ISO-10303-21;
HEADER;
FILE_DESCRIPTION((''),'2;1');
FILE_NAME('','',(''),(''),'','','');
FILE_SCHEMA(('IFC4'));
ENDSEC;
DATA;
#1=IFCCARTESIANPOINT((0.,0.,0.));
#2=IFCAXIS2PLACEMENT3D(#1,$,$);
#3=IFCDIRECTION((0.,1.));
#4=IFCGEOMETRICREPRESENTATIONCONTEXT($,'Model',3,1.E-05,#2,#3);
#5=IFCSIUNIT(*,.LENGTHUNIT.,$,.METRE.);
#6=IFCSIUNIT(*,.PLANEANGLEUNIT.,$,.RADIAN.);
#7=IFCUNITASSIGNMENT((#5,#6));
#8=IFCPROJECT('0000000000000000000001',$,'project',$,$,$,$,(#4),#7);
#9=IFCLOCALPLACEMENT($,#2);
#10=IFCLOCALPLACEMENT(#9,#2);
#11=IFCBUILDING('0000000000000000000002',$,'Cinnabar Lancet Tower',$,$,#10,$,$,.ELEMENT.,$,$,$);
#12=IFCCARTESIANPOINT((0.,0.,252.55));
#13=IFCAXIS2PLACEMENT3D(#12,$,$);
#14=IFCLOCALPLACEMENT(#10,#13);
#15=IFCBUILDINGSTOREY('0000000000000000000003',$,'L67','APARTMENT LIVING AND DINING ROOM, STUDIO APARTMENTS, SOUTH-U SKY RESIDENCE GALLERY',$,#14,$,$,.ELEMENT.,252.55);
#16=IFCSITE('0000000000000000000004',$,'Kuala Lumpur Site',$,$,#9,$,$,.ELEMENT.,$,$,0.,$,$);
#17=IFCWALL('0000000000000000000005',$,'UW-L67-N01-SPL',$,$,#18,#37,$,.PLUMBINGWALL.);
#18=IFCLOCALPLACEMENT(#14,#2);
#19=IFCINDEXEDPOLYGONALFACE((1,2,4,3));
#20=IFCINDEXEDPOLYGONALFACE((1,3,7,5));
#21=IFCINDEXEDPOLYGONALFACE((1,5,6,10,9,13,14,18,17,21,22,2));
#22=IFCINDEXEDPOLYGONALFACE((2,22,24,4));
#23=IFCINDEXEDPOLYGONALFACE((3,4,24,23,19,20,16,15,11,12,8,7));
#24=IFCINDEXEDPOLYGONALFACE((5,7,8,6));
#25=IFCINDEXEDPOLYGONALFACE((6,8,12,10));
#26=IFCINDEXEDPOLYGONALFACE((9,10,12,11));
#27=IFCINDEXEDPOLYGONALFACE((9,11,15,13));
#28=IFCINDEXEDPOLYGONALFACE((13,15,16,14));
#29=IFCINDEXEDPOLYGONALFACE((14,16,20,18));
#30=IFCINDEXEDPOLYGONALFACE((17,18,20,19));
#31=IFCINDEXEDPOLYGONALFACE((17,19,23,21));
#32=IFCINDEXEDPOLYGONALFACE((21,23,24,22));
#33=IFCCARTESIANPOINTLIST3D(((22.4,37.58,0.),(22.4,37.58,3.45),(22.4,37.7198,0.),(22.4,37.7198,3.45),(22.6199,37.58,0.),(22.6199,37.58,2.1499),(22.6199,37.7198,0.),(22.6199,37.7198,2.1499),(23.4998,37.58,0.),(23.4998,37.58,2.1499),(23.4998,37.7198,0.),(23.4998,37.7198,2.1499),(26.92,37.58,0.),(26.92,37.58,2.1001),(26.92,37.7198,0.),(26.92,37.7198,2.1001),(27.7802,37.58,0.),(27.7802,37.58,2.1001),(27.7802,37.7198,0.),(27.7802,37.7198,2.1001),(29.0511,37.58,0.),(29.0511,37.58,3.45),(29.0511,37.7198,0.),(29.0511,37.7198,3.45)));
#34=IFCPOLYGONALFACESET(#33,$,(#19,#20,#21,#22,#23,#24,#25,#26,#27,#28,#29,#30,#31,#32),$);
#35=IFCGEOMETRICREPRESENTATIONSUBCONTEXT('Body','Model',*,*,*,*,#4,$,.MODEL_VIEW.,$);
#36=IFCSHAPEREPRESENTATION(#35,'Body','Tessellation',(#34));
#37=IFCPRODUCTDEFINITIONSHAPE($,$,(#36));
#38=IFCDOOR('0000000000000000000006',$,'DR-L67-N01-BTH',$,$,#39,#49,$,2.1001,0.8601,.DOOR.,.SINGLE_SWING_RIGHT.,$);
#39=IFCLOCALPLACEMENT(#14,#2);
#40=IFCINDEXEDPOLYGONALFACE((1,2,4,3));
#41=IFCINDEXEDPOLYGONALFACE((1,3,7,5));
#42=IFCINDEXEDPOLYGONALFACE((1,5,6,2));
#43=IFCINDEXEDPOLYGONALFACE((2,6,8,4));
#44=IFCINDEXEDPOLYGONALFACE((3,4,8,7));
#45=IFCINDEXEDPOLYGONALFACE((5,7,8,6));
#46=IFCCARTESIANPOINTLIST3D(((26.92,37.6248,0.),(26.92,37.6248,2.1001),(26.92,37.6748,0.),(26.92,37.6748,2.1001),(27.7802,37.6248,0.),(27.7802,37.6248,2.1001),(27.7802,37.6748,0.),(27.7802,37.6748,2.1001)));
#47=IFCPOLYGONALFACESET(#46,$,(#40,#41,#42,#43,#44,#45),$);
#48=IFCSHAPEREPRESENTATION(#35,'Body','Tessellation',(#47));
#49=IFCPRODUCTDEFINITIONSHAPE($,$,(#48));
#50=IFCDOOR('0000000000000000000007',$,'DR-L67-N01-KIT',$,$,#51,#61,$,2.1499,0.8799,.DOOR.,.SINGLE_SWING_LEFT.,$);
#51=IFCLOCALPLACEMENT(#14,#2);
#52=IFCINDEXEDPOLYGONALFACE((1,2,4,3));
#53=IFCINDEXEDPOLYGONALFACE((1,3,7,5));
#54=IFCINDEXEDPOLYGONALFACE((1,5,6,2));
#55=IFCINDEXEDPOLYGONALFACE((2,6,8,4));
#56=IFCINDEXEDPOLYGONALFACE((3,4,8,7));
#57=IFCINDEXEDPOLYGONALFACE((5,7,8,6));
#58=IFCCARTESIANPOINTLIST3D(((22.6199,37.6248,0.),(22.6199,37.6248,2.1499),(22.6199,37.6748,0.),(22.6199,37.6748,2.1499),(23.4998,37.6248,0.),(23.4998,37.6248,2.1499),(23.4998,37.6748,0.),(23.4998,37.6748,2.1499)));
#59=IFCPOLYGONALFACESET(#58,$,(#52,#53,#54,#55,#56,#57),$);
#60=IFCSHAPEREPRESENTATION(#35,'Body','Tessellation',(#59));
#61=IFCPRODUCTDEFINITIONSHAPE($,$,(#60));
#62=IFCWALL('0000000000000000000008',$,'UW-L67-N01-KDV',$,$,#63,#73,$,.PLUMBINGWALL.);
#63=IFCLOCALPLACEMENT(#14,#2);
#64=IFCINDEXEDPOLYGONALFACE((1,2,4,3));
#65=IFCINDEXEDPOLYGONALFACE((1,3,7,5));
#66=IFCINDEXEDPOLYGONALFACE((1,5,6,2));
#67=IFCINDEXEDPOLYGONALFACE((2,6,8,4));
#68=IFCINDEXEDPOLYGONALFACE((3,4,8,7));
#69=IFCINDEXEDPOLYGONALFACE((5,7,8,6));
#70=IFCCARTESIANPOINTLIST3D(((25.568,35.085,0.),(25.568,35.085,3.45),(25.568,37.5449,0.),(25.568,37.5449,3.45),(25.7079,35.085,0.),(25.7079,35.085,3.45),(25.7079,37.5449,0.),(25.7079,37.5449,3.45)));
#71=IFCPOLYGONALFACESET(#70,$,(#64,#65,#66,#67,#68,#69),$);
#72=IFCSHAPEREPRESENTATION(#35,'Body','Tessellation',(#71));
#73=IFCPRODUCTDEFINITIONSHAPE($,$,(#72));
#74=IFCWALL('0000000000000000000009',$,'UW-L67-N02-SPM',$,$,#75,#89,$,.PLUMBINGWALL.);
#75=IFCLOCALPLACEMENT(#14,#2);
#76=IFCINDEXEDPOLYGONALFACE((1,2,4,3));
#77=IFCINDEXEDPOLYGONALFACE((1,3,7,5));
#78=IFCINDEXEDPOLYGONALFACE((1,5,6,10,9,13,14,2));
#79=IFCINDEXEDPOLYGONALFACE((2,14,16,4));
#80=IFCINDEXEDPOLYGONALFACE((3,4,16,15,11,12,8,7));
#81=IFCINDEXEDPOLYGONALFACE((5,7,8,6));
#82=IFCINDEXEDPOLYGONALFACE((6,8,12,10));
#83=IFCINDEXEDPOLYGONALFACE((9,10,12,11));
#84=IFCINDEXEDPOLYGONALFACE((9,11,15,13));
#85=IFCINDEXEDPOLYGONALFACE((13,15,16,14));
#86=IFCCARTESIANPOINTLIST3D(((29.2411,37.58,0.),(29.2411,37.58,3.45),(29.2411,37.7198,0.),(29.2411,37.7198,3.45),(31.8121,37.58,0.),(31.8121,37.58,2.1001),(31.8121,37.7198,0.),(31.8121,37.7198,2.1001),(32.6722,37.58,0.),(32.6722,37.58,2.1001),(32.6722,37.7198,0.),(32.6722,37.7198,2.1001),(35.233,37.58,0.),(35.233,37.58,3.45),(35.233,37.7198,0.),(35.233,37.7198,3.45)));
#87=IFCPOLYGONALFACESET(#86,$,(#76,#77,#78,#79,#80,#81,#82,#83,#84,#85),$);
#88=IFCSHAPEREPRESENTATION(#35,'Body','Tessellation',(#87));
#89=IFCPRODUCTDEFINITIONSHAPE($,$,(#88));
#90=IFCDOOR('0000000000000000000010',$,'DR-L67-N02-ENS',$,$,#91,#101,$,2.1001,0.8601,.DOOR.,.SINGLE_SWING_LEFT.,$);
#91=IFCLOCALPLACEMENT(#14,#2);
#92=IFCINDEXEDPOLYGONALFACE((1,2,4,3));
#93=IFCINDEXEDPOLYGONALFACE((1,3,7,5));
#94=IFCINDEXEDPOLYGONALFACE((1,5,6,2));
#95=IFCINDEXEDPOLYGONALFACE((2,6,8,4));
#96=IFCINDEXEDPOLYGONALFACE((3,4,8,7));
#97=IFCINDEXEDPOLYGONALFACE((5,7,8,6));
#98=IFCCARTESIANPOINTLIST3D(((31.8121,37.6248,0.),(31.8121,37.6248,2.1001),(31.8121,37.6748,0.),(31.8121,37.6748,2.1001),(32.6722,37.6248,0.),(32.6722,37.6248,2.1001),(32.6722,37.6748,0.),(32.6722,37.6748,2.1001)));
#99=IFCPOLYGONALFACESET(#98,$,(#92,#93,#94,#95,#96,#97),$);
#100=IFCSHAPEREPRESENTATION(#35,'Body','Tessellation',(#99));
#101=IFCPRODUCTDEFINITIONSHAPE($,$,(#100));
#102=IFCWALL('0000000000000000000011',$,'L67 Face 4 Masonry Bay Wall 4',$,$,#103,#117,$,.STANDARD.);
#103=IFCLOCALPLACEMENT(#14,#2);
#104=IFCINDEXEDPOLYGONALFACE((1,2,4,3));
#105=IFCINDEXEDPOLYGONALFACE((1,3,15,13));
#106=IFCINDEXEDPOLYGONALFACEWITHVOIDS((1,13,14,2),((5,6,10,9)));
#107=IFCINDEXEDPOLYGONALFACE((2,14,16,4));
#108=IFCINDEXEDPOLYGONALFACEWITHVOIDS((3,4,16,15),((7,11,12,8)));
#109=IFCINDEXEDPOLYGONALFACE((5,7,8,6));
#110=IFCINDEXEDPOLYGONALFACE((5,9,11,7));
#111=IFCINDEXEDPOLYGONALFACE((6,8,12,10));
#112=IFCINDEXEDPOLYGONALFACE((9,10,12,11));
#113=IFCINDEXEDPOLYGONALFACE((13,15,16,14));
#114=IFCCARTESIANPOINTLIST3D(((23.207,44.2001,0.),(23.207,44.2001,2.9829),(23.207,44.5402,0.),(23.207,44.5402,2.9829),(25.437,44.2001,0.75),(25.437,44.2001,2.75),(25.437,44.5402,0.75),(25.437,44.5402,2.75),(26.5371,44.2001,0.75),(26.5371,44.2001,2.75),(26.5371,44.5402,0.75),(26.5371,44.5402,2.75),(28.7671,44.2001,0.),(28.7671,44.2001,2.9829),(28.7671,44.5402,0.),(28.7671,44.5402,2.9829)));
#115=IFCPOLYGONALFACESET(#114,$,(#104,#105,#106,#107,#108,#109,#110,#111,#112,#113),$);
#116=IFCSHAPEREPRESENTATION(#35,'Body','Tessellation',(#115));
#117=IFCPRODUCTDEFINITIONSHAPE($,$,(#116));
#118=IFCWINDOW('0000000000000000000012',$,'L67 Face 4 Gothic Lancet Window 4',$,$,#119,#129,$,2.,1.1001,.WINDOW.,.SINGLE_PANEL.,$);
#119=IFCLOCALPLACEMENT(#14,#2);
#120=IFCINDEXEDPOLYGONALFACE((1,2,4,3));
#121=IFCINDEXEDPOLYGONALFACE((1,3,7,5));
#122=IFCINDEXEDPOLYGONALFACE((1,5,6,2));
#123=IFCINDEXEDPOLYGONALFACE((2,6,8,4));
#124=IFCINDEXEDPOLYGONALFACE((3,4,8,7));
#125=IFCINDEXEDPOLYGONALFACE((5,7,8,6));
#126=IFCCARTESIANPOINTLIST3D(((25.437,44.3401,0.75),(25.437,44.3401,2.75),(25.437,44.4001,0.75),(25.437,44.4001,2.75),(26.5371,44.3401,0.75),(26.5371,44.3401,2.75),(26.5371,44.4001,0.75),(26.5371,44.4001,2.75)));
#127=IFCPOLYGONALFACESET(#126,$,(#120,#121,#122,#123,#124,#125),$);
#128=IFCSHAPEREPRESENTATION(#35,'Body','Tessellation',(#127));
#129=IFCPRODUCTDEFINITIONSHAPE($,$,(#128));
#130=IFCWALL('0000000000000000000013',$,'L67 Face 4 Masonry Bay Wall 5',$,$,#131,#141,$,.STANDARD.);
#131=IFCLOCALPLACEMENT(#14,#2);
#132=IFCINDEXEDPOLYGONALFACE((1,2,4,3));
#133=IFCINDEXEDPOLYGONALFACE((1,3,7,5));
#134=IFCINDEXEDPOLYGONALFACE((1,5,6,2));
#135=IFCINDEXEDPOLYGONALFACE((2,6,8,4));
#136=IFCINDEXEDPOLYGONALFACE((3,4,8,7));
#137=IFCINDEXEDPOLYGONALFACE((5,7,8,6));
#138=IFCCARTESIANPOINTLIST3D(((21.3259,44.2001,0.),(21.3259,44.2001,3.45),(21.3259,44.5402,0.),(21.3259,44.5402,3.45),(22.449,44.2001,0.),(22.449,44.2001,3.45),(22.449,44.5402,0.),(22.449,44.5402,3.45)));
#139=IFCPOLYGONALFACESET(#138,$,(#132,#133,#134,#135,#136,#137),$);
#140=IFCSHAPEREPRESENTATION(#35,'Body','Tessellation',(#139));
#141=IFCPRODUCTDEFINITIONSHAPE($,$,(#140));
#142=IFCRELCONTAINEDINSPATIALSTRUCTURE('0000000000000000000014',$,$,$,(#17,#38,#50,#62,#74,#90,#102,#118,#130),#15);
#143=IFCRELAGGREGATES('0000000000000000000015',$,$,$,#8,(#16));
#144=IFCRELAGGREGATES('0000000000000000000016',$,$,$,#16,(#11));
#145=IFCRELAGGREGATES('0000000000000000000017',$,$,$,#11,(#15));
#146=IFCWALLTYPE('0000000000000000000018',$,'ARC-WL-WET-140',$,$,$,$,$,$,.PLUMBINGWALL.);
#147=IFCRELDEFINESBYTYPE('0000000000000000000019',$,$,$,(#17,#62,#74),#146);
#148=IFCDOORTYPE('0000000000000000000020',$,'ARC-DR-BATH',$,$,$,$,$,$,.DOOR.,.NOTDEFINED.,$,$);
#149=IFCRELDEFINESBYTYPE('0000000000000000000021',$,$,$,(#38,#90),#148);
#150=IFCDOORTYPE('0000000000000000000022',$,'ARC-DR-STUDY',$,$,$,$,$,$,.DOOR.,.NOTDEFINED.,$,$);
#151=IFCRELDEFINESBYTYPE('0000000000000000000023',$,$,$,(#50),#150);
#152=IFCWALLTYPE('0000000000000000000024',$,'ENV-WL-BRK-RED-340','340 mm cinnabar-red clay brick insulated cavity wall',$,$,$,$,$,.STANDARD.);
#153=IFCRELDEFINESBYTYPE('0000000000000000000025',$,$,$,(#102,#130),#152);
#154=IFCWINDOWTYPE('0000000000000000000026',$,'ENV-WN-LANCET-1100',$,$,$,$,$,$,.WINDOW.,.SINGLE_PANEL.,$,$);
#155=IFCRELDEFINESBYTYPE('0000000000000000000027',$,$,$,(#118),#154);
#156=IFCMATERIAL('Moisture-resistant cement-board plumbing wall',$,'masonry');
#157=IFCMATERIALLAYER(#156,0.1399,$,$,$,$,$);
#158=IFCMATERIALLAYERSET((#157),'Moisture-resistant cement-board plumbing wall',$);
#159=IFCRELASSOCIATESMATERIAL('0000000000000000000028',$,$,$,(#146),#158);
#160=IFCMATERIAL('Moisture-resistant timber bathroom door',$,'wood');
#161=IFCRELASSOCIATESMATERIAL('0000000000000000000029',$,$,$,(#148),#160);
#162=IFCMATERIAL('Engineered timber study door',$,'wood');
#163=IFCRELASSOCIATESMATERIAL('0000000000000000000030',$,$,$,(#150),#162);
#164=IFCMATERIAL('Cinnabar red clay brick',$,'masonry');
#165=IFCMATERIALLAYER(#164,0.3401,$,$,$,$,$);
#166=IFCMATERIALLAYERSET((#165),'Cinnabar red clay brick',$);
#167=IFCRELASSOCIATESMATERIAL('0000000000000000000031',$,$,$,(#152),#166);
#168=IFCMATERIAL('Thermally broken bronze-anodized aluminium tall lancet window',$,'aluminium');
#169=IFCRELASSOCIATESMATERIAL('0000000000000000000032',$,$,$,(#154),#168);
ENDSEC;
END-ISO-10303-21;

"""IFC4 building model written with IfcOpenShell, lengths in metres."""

from ifc_helpers import new_model, si_unit, direction, frame, frame_2d, origin, place, context, subcontext, project, spatial, rectangle, extrude, material, layer, layer_set, type_object, element, fill, save


model = new_model("IFC4")

# Units and contexts
model_context = context("Model", 3, precision=1e-05, world=origin(), true_north=direction((0.0, 1.0)))
body_context = subcontext(model_context, "Body", "Model", "MODEL_VIEW")
ifc_project = project(units=[si_unit("LENGTHUNIT", "METRE"), si_unit("PLANEANGLEUNIT", "RADIAN")], contexts=[model_context])

# Site, building, storey
site_placement = place(None, origin())
site = spatial("IfcSite", under=ifc_project, at=site_placement, Name="Kuala Lumpur Site", CompositionType="ELEMENT", RefElevation=0.0)
building_placement = place(site_placement, origin())
building = spatial("IfcBuilding", under=site, at=building_placement, Name="Cinnabar Lancet Tower", CompositionType="ELEMENT")
storey_placement = place(building_placement, frame((0.0, 0.0, 252.55)))
storey = spatial("IfcBuildingStorey", under=building, at=storey_placement, Name="L67", Description="APARTMENT LIVING AND DINING ROOM, STUDIO APARTMENTS, SOUTH-U SKY RESIDENCE GALLERY", CompositionType="ELEMENT", Elevation=252.55)

# Wall, openings, doors
ifc_material_1 = material(Name="Moisture-resistant cement-board plumbing wall", Category="masonry")
ifc_layer_1 = layer(ifc_material_1, 0.1399)
ifc_layer_set_1 = layer_set([ifc_layer_1], Name="Moisture-resistant cement-board plumbing wall")
wall_type_1 = type_object("IfcWallType", Name="ARC-WL-WET-140", PredefinedType="PLUMBINGWALL", material=ifc_layer_set_1)
wall_1_placement = place(storey_placement, frame((22.3999, 37.6499, 0.0), z_axis=(0.0, 0.0, 1.0), x_axis=(1.0, 0.0, 0.0)))
wall_1 = element("IfcWall", 1, at=wall_1_placement, inside=storey, type_object=wall_type_1, Name="UW-L67-N01-SPL", PredefinedType="PLUMBINGWALL", context=body_context, shape_type="SweptSolid", body=[
    extrude(rectangle(XDim=6.6511, YDim=0.1399, at=frame_2d((3.3257, 0.0))), origin(), (0.0, 0.0, 1.0), 3.45),
])
opening_1_placement = place(wall_1_placement, frame((4.52, 0.0, 0.0)))
opening_1 = element("IfcOpeningElement", 2, at=opening_1_placement, cuts=wall_1, PredefinedType="OPENING", context=body_context, shape_type="SweptSolid", body=[
    extrude(rectangle(XDim=0.8601, YDim=2.1001, at=frame_2d((0.4302, 1.05))), frame((0.0, 0.0798, 0.0), z_axis=(0.0, -1.0, 0.0), x_axis=(1.0, 0.0, 0.0)), (0.0, 0.0, 1.0), 0.1599),
])
opening_2_placement = place(wall_1_placement, frame((0.22, 0.0, 0.0)))
opening_2 = element("IfcOpeningElement", 3, at=opening_2_placement, cuts=wall_1, PredefinedType="OPENING", context=body_context, shape_type="SweptSolid", body=[
    extrude(rectangle(XDim=0.8799, YDim=2.1499, at=frame_2d((0.4399, 1.075))), frame((0.0, 0.0798, 0.0), z_axis=(0.0, -1.0, 0.0), x_axis=(1.0, 0.0, 0.0)), (0.0, 0.0, 1.0), 0.1599),
])
ifc_material_2 = material(Name="Moisture-resistant timber bathroom door", Category="wood")
door_type_1 = type_object("IfcDoorType", Name="ARC-DR-BATH", OperationType="NOTDEFINED", PredefinedType="DOOR", material=ifc_material_2)
door_1_placement = place(opening_1_placement, origin())
door_1 = element("IfcDoor", 4, at=door_1_placement, inside=storey, type_object=door_type_1, Name="DR-L67-N01-BTH", OperationType="SINGLE_SWING_RIGHT", OverallHeight=2.1001, OverallWidth=0.8601, PredefinedType="DOOR", context=body_context, shape_type="SweptSolid", body=[
    extrude(rectangle(XDim=0.8601, YDim=2.1001, at=frame_2d((0.4302, 1.05))), frame((0.0, 0.0249, 0.0), z_axis=(0.0, -1.0, 0.0), x_axis=(1.0, 0.0, 0.0)), (0.0, 0.0, 1.0), 0.05),
])
fill(opening_1, door_1)
ifc_material_3 = material(Name="Engineered timber study door", Category="wood")
door_type_2 = type_object("IfcDoorType", Name="ARC-DR-STUDY", OperationType="NOTDEFINED", PredefinedType="DOOR", material=ifc_material_3)
door_2_placement = place(opening_2_placement, origin())
door_2 = element("IfcDoor", 5, at=door_2_placement, inside=storey, type_object=door_type_2, Name="DR-L67-N01-KIT", OperationType="SINGLE_SWING_LEFT", OverallHeight=2.1499, OverallWidth=0.8799, PredefinedType="DOOR", context=body_context, shape_type="SweptSolid", body=[
    extrude(rectangle(XDim=0.8799, YDim=2.1499, at=frame_2d((0.4399, 1.075))), frame((0.0, 0.0249, 0.0), z_axis=(0.0, -1.0, 0.0), x_axis=(1.0, 0.0, 0.0)), (0.0, 0.0, 1.0), 0.05),
])
fill(opening_2, door_2)

# Wall
wall_2_placement = place(storey_placement, frame((25.6379, 35.085, 0.0), z_axis=(0.0, 0.0, 1.0), x_axis=(0.0, 1.0, 0.0)))
element("IfcWall", 6, at=wall_2_placement, inside=storey, type_object=wall_type_1, Name="UW-L67-N01-KDV", PredefinedType="PLUMBINGWALL", context=body_context, shape_type="SweptSolid", body=[
    extrude(rectangle(XDim=2.46, YDim=0.1399, at=frame_2d((1.23, 0.0))), origin(), (0.0, 0.0, 1.0), 3.45),
])

# Wall, opening, door
wall_3_placement = place(storey_placement, frame((29.241, 37.6499, 0.0), z_axis=(0.0, 0.0, 1.0), x_axis=(1.0, 0.0, 0.0)))
wall_3 = element("IfcWall", 7, at=wall_3_placement, inside=storey, type_object=wall_type_1, Name="UW-L67-N02-SPM", PredefinedType="PLUMBINGWALL", context=body_context, shape_type="SweptSolid", body=[
    extrude(rectangle(XDim=5.9919, YDim=0.1399, at=frame_2d((2.9961, 0.0))), origin(), (0.0, 0.0, 1.0), 3.45),
])
opening_3_placement = place(wall_3_placement, frame((2.571, 0.0, 0.0)))
opening_3 = element("IfcOpeningElement", 8, at=opening_3_placement, cuts=wall_3, PredefinedType="OPENING", context=body_context, shape_type="SweptSolid", body=[
    extrude(rectangle(XDim=0.8601, YDim=2.1001, at=frame_2d((0.4302, 1.05))), frame((0.0, 0.0798, 0.0), z_axis=(0.0, -1.0, 0.0), x_axis=(1.0, 0.0, 0.0)), (0.0, 0.0, 1.0), 0.1599),
])
door_3_placement = place(opening_3_placement, origin())
door_3 = element("IfcDoor", 9, at=door_3_placement, inside=storey, type_object=door_type_1, Name="DR-L67-N02-ENS", OperationType="SINGLE_SWING_LEFT", OverallHeight=2.1001, OverallWidth=0.8601, PredefinedType="DOOR", context=body_context, shape_type="SweptSolid", body=[
    extrude(rectangle(XDim=0.8601, YDim=2.1001, at=frame_2d((0.4302, 1.05))), frame((0.0, 0.0249, 0.0), z_axis=(0.0, -1.0, 0.0), x_axis=(1.0, 0.0, 0.0)), (0.0, 0.0, 1.0), 0.05),
])
fill(opening_3, door_3)

# Wall, opening, window
ifc_material_4 = material(Name="Cinnabar red clay brick", Category="masonry")
ifc_layer_2 = layer(ifc_material_4, 0.3401)
ifc_layer_set_2 = layer_set([ifc_layer_2], Name="Cinnabar red clay brick")
wall_type_2 = type_object("IfcWallType", Name="ENV-WL-BRK-RED-340", Description="340 mm cinnabar-red clay brick insulated cavity wall", PredefinedType="STANDARD", material=ifc_layer_set_2)
wall_4_placement = place(storey_placement, frame((28.7671, 44.3701, 0.0), z_axis=(0.0, 0.0, 1.0), x_axis=(-1.0, 0.0, 0.0)))
wall_4 = element("IfcWall", 10, at=wall_4_placement, inside=storey, type_object=wall_type_2, Name="L67 Face 4 Masonry Bay Wall 4", PredefinedType="STANDARD", context=body_context, shape_type="SweptSolid", body=[
    extrude(rectangle(XDim=5.5601, YDim=0.3401, at=frame_2d((2.78, 0.0))), origin(), (0.0, 0.0, 1.0), 2.9829),
])
opening_4_placement = place(wall_4_placement, frame((2.23, 0.0, 0.75)))
opening_4 = element("IfcOpeningElement", 11, at=opening_4_placement, cuts=wall_4, PredefinedType="OPENING", context=body_context, shape_type="SweptSolid", body=[
    extrude(rectangle(XDim=1.1001, YDim=2.0, at=frame_2d((0.55, 1.0))), frame((0.0, 0.1799, 0.0), z_axis=(0.0, -1.0, 0.0), x_axis=(1.0, 0.0, 0.0)), (0.0, 0.0, 1.0), 0.3601),
])
ifc_material_5 = material(Name="Thermally broken bronze-anodized aluminium tall lancet window", Category="aluminium")
window_type = type_object("IfcWindowType", Name="ENV-WN-LANCET-1100", PartitioningType="SINGLE_PANEL", PredefinedType="WINDOW", material=ifc_material_5)
window_placement = place(opening_4_placement, origin())
window = element("IfcWindow", 12, at=window_placement, inside=storey, type_object=window_type, Name="L67 Face 4 Gothic Lancet Window 4", OverallHeight=2.0, OverallWidth=1.1001, PartitioningType="SINGLE_PANEL", PredefinedType="WINDOW", context=body_context, shape_type="SweptSolid", body=[
    extrude(rectangle(XDim=1.1001, YDim=2.0, at=frame_2d((0.55, 1.0))), frame((0.0, 0.03, 0.0), z_axis=(0.0, -1.0, 0.0), x_axis=(1.0, 0.0, 0.0)), (0.0, 0.0, 1.0), 0.0601),
])
fill(opening_4, window)

# Wall
wall_5_placement = place(storey_placement, frame((22.449, 44.3701, 0.0), z_axis=(0.0, 0.0, 1.0), x_axis=(-1.0, 0.0, 0.0)))
element("IfcWall", 13, at=wall_5_placement, inside=storey, type_object=wall_type_2, Name="L67 Face 4 Masonry Bay Wall 5", PredefinedType="STANDARD", context=body_context, shape_type="SweptSolid", body=[
    extrude(rectangle(XDim=1.123, YDim=0.3401, at=frame_2d((0.5615, 0.0))), origin(), (0.0, 0.0, 1.0), 3.45),
])

save(model, "model.ifc")
